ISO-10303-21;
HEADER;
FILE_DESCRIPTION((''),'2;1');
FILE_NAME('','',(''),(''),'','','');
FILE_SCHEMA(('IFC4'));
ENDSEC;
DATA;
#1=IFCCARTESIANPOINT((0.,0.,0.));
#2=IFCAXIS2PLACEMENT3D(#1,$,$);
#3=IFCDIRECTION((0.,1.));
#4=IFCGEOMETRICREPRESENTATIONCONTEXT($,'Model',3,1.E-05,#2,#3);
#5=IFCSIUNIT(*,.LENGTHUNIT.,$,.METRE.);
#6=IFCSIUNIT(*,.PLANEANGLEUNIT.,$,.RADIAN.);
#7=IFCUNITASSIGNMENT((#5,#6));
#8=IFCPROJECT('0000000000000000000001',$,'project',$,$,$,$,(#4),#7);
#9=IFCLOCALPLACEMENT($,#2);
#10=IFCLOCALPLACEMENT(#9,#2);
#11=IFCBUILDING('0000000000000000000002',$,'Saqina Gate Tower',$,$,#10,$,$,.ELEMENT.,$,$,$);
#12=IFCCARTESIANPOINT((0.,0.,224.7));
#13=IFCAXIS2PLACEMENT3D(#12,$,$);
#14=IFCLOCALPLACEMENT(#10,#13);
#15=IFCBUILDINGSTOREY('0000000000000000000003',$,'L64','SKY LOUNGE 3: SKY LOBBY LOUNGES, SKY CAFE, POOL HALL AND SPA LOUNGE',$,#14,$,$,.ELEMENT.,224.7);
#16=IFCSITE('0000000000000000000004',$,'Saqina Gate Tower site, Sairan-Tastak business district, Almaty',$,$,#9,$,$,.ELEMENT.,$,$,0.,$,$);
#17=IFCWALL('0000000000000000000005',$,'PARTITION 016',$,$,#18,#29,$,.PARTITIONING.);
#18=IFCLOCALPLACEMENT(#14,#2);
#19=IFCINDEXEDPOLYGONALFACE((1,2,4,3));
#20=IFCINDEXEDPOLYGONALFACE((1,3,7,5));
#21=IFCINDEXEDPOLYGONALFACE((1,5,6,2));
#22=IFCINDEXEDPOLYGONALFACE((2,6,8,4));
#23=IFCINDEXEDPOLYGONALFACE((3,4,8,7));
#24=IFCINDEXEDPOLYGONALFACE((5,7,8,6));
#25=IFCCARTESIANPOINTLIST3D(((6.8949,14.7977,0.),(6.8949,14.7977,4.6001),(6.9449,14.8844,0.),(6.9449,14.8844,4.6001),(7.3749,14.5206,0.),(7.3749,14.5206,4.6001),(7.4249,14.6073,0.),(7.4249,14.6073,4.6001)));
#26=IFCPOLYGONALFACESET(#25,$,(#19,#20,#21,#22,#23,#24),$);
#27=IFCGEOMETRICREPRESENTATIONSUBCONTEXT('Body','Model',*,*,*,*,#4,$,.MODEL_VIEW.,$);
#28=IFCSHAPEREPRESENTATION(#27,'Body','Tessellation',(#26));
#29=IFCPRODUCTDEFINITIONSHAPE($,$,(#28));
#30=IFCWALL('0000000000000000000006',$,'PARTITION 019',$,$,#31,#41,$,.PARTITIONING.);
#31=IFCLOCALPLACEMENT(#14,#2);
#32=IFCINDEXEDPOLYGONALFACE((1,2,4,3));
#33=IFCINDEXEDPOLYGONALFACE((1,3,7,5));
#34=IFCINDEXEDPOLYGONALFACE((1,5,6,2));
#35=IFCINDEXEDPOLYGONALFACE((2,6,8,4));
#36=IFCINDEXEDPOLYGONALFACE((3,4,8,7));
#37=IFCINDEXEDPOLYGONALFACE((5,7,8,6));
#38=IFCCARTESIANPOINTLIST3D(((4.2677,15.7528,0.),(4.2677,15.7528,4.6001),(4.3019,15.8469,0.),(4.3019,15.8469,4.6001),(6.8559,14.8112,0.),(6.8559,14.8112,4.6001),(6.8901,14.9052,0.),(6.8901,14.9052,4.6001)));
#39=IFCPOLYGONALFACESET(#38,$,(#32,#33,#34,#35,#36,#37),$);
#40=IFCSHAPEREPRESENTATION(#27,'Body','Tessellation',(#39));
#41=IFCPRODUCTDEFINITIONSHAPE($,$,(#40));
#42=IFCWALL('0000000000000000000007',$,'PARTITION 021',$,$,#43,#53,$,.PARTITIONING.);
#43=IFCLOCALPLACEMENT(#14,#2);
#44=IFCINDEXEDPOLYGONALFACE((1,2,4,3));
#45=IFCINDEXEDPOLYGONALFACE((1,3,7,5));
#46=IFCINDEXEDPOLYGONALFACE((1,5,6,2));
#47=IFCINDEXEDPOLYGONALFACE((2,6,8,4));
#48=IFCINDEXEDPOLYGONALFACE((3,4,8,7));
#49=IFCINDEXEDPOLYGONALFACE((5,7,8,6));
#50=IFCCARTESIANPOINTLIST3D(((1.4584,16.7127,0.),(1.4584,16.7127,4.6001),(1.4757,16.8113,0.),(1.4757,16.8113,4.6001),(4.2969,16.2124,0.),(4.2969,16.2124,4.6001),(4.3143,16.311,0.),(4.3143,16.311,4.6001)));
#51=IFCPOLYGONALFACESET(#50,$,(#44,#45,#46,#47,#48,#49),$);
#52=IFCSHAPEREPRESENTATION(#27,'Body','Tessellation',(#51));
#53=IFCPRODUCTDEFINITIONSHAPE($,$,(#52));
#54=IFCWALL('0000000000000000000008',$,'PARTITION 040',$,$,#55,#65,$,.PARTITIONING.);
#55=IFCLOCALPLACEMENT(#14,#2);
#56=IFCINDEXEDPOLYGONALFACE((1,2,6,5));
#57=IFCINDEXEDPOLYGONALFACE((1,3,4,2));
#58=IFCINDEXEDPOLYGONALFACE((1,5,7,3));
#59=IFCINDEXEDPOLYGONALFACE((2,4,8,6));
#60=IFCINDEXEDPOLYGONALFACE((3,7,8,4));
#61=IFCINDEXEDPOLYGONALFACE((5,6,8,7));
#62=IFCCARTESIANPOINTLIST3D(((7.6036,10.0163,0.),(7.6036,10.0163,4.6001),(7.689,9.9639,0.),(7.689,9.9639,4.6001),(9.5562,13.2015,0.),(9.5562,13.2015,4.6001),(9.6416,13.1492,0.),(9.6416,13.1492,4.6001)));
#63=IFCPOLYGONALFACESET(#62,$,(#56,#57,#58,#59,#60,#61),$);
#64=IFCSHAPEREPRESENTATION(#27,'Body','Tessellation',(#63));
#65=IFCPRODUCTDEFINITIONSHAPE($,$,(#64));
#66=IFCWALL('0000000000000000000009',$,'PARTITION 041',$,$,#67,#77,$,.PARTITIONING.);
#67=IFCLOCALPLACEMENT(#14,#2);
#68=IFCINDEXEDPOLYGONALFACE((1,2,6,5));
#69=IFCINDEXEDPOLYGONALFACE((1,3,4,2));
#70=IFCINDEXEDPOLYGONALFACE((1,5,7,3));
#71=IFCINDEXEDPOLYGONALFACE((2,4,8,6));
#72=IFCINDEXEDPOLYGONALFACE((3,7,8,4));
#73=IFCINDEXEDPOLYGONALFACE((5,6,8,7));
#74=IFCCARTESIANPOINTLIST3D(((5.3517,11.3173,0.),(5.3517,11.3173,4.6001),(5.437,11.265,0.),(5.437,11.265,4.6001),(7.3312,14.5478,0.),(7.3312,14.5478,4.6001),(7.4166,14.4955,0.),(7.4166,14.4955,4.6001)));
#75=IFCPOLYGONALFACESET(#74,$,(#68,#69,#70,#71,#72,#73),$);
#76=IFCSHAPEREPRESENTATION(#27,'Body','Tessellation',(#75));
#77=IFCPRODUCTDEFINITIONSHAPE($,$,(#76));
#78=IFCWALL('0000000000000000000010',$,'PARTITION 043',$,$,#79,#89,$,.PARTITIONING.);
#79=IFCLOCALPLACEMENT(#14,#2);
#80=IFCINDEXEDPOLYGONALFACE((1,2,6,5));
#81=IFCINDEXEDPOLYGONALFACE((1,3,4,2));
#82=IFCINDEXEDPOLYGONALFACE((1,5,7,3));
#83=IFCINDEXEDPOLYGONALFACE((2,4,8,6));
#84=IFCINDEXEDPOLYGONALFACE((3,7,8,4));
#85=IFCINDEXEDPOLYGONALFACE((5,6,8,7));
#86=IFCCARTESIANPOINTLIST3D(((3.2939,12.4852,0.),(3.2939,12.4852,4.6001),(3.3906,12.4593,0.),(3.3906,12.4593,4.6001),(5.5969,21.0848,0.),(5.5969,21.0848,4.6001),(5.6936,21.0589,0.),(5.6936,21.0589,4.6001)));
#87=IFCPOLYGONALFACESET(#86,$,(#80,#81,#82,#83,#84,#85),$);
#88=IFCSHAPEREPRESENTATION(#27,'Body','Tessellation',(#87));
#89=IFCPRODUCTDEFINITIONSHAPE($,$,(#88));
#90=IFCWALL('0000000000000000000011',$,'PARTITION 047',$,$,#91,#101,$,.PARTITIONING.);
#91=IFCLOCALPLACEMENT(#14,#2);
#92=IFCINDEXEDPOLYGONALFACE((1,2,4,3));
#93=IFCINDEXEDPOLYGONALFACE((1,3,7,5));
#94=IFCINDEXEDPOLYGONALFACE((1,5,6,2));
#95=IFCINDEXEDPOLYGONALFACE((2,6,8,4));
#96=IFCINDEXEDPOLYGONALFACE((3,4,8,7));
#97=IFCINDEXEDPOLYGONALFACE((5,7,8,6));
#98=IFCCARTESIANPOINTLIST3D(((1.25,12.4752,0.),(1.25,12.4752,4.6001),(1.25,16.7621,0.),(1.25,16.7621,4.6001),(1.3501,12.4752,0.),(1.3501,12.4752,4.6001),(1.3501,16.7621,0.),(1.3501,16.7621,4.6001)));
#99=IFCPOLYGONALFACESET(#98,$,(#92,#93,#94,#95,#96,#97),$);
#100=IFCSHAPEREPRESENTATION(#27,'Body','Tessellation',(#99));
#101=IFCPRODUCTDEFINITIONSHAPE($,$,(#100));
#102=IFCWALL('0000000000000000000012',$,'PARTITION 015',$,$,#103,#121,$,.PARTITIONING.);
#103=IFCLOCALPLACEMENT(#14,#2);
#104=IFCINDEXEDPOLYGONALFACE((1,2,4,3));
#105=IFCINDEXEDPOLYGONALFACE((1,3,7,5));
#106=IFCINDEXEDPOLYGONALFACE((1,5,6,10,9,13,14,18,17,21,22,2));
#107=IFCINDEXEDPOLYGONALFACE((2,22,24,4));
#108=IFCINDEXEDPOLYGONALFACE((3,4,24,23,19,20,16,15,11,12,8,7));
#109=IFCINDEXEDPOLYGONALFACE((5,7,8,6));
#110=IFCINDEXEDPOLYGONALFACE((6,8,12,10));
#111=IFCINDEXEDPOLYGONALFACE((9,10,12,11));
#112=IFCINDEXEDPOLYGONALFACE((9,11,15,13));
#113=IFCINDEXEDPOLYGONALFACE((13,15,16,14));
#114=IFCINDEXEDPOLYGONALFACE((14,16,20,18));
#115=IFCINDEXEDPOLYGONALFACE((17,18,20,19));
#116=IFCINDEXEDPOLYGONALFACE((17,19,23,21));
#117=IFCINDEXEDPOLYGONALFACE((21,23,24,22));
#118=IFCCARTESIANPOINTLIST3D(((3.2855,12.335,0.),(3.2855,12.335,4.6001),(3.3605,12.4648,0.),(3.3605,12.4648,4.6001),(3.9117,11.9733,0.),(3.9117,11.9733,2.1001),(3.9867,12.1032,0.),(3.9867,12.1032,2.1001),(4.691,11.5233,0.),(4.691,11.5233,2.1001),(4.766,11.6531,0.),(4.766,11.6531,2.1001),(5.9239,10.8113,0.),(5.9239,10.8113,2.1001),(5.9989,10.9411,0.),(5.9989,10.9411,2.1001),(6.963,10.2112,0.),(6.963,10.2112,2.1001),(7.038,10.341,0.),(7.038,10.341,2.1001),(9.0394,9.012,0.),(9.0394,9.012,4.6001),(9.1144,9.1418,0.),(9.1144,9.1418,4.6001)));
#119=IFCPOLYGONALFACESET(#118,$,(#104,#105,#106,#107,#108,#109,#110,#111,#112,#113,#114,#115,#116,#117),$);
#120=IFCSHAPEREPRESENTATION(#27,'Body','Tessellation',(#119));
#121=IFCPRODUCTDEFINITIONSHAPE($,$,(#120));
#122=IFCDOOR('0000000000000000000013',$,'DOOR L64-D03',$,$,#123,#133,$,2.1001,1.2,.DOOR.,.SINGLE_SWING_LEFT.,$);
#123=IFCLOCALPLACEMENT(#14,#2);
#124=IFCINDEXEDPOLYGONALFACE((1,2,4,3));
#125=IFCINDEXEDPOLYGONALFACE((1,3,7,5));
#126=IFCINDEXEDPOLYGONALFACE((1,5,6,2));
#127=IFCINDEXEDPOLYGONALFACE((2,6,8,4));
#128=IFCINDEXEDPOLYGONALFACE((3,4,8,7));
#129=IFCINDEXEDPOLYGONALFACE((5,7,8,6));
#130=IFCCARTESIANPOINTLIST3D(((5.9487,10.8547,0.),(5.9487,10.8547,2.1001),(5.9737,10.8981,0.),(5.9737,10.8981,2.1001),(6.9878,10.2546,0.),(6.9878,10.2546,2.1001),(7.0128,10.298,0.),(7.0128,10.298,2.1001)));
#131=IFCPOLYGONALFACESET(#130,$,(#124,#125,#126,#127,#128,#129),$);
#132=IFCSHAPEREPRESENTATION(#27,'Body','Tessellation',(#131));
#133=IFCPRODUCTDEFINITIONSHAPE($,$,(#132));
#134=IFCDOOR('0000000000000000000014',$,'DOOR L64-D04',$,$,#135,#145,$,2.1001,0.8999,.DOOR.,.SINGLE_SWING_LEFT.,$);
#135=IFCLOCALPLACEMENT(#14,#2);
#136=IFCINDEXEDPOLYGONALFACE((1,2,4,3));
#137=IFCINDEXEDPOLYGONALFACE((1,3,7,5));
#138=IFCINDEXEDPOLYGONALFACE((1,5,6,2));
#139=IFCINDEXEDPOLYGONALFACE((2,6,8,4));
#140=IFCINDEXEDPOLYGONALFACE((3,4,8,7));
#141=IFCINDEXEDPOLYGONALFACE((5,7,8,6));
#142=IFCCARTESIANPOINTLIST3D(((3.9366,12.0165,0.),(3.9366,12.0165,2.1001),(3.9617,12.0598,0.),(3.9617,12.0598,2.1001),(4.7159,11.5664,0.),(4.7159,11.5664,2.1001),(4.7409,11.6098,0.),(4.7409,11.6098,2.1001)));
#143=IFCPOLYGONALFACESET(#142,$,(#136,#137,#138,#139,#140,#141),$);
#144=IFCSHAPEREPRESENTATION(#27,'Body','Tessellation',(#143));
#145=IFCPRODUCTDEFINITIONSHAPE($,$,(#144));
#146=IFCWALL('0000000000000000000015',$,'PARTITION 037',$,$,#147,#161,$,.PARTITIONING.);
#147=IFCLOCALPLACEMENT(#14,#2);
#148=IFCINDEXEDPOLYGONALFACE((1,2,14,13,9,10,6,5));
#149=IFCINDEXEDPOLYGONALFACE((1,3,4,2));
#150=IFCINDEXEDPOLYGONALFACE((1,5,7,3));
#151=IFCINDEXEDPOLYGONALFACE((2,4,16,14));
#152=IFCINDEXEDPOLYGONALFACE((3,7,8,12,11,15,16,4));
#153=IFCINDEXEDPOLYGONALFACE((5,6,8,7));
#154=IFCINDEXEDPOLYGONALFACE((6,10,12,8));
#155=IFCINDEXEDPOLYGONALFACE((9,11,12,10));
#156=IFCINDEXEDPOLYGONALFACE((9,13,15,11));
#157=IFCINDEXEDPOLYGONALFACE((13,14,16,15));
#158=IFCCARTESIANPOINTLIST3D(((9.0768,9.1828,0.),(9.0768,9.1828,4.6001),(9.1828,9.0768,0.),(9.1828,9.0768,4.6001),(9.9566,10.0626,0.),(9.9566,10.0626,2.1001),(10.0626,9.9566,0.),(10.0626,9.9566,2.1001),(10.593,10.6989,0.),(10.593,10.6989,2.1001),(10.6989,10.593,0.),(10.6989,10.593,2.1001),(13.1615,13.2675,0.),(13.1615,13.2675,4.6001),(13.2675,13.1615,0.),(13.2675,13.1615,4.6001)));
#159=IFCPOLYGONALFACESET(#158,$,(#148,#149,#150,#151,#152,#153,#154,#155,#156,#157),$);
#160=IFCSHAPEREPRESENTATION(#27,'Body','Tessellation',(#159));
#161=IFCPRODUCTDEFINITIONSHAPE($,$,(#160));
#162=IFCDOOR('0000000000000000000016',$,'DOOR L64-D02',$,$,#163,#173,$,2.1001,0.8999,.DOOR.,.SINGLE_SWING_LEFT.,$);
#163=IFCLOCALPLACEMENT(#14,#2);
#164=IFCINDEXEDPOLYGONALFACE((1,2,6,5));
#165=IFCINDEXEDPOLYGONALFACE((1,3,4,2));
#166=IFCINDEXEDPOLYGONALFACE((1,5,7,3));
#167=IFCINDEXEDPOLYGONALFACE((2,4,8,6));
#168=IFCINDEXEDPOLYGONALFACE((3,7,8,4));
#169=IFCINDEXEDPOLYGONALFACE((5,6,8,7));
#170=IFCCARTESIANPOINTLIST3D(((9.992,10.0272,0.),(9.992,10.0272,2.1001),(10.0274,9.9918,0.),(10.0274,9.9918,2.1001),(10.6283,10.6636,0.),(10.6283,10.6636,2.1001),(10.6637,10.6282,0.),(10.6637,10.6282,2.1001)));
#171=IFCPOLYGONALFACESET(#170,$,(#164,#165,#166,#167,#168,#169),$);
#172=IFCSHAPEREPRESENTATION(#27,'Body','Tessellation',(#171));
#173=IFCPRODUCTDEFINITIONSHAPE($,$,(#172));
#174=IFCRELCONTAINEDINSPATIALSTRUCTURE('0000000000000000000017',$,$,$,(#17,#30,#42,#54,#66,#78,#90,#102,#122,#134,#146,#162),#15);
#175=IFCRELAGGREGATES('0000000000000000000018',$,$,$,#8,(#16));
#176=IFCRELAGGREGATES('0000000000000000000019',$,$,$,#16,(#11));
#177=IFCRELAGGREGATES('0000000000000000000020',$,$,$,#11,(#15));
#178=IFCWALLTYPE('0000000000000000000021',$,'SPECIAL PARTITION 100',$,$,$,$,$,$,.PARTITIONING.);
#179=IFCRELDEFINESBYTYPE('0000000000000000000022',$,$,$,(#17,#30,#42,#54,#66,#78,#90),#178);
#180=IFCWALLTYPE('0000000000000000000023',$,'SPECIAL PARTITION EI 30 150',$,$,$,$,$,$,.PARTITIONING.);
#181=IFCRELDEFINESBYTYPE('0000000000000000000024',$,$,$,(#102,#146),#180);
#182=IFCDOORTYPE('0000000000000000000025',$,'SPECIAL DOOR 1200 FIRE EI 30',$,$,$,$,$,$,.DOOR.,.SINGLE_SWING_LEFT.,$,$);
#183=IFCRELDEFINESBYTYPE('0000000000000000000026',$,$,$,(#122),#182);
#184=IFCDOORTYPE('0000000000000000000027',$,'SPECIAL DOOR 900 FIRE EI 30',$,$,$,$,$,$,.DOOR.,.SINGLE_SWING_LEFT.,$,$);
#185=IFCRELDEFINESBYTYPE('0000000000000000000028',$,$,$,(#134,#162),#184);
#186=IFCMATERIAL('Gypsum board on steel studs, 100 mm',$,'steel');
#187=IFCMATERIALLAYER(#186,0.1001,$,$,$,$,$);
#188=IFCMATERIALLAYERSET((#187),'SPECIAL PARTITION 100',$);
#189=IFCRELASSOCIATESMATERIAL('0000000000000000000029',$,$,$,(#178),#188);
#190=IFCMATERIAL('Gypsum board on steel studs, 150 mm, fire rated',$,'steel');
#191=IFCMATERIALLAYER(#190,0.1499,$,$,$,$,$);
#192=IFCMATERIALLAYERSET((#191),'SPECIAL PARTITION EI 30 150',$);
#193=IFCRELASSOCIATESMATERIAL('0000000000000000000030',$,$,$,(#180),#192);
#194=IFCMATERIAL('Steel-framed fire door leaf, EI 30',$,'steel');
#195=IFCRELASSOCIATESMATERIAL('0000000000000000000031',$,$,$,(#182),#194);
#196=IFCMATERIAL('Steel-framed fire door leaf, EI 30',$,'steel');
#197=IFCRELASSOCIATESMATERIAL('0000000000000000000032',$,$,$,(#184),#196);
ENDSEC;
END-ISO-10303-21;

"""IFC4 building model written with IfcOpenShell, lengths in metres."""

from ifc_helpers import new_model, si_unit, direction, frame, frame_2d, origin, place, context, subcontext, project, spatial, rectangle, extrude, material, layer, layer_set, type_object, element, fill, save


model = new_model("IFC4")

# Units and contexts
model_context = context("Model", 3, precision=1e-05, world=origin(), true_north=direction((0.0, 1.0)))
body_context = subcontext(model_context, "Body", "Model", "MODEL_VIEW")
ifc_project = project(units=[si_unit("LENGTHUNIT", "METRE"), si_unit("PLANEANGLEUNIT", "RADIAN")], contexts=[model_context])

# Site, building, storey
site_placement = place(None, origin())
site = spatial("IfcSite", under=ifc_project, at=site_placement, Name="Saqina Gate Tower site, Sairan-Tastak business district, Almaty", CompositionType="ELEMENT", RefElevation=0.0)
building_placement = place(site_placement, origin())
building = spatial("IfcBuilding", under=site, at=building_placement, Name="Saqina Gate Tower", CompositionType="ELEMENT")
storey_placement = place(building_placement, frame((0.0, 0.0, 224.7)))
storey = spatial("IfcBuildingStorey", under=building, at=storey_placement, Name="L64", Description="SKY LOUNGE 3: SKY LOBBY LOUNGES, SKY CAFE, POOL HALL AND SPA LOUNGE", CompositionType="ELEMENT", Elevation=224.7)

# Walls
ifc_material_1 = material(Name="Gypsum board on steel studs, 100 mm", Category="steel")
ifc_layer_1 = layer(ifc_material_1, 0.1001)
ifc_layer_set_1 = layer_set([ifc_layer_1], Name="SPECIAL PARTITION 100")
wall_type_1 = type_object("IfcWallType", Name="SPECIAL PARTITION 100", PredefinedType="PARTITIONING", material=ifc_layer_set_1)
wall_1_placement = place(storey_placement, frame((6.9199, 14.8411, 0.0), z_axis=(0.0, 0.0, 1.0), x_axis=(0.866039, -0.499977, 0.0)))
element("IfcWall", 1, at=wall_1_placement, inside=storey, type_object=wall_type_1, Name="PARTITION 016", PredefinedType="PARTITIONING", context=body_context, shape_type="SweptSolid", body=[
    extrude(rectangle(XDim=0.5542, YDim=0.1001, at=frame_2d((0.2771, 0.0))), origin(), (0.0, 0.0, 1.0), 4.6001),
])
wall_2_placement = place(storey_placement, frame((4.2849, 15.7998, 0.0), z_axis=(0.0, 0.0, 1.0), x_axis=(0.939734, -0.341907, 0.0)))
element("IfcWall", 2, at=wall_2_placement, inside=storey, type_object=wall_type_1, Name="PARTITION 019", PredefinedType="PARTITIONING", context=body_context, shape_type="SweptSolid", body=[
    extrude(rectangle(XDim=2.7542, YDim=0.1001, at=frame_2d((1.377, 0.0))), origin(), (0.0, 0.0, 1.0), 4.6001),
])
wall_3_placement = place(storey_placement, frame((1.467, 16.762, 0.0), z_axis=(0.0, 0.0, 1.0), x_axis=(0.984824, -0.173553, 0.0)))
element("IfcWall", 3, at=wall_3_placement, inside=storey, type_object=wall_type_1, Name="PARTITION 021", PredefinedType="PARTITIONING", context=body_context, shape_type="SweptSolid", body=[
    extrude(rectangle(XDim=2.8823, YDim=0.1001, at=frame_2d((1.4412, 0.0))), origin(), (0.0, 0.0, 1.0), 4.6001),
])
wall_4_placement = place(storey_placement, frame((7.6462, 9.99, 0.0), z_axis=(0.0, 0.0, 1.0), x_axis=(0.522631, 0.852559, 0.0)))
element("IfcWall", 4, at=wall_4_placement, inside=storey, type_object=wall_type_1, Name="PARTITION 040", PredefinedType="PARTITIONING", context=body_context, shape_type="SweptSolid", body=[
    extrude(rectangle(XDim=3.7361, YDim=0.1001, at=frame_2d((1.8682, 0.0))), origin(), (0.0, 0.0, 1.0), 4.6001),
])
wall_5_placement = place(storey_placement, frame((5.3943, 11.291, 0.0), z_axis=(0.0, 0.0, 1.0), x_axis=(0.522471, 0.852657, 0.0)))
element("IfcWall", 5, at=wall_5_placement, inside=storey, type_object=wall_type_1, Name="PARTITION 041", PredefinedType="PARTITIONING", context=body_context, shape_type="SweptSolid", body=[
    extrude(rectangle(XDim=3.7888, YDim=0.1001, at=frame_2d((1.8945, 0.0))), origin(), (0.0, 0.0, 1.0), 4.6001),
])
wall_6_placement = place(storey_placement, frame((3.3423, 12.4724, 0.0), z_axis=(0.0, 0.0, 1.0), x_axis=(0.258685, 0.965962, 0.0)))
element("IfcWall", 6, at=wall_6_placement, inside=storey, type_object=wall_type_1, Name="PARTITION 043", PredefinedType="PARTITIONING", context=body_context, shape_type="SweptSolid", body=[
    extrude(rectangle(XDim=8.9026, YDim=0.1001, at=frame_2d((4.4512, 0.0))), origin(), (0.0, 0.0, 1.0), 4.6001),
])
wall_7_placement = place(storey_placement, frame((1.3, 12.4751, 0.0), z_axis=(0.0, 0.0, 1.0), x_axis=(0.0, 1.0, 0.0)))
element("IfcWall", 7, at=wall_7_placement, inside=storey, type_object=wall_type_1, Name="PARTITION 047", PredefinedType="PARTITIONING", context=body_context, shape_type="SweptSolid", body=[
    extrude(rectangle(XDim=4.2869, YDim=0.1001, at=frame_2d((2.1436, 0.0))), origin(), (0.0, 0.0, 1.0), 4.6001),
])

# Wall, openings, doors
ifc_material_2 = material(Name="Gypsum board on steel studs, 150 mm, fire rated", Category="steel")
ifc_layer_2 = layer(ifc_material_2, 0.1499)
ifc_layer_set_2 = layer_set([ifc_layer_2], Name="SPECIAL PARTITION EI 30 150")
wall_type_2 = type_object("IfcWallType", Name="SPECIAL PARTITION EI 30 150", PredefinedType="PARTITIONING", material=ifc_layer_set_2)
wall_8_placement = place(storey_placement, frame((3.323, 12.3999, 0.0), z_axis=(0.0, 0.0, 1.0), x_axis=(0.865962, -0.50011, 0.0)))
wall_8 = element("IfcWall", 8, at=wall_8_placement, inside=storey, type_object=wall_type_2, Name="PARTITION 015", PredefinedType="PARTITIONING", context=body_context, shape_type="SweptSolid", body=[
    extrude(rectangle(XDim=6.6445, YDim=0.1499, at=frame_2d((3.3223, 0.0))), origin(), (0.0, 0.0, 1.0), 4.6001),
])
opening_1_placement = place(wall_8_placement, frame((3.0466, 0.0, 0.0)))
opening_1 = element("IfcOpeningElement", 9, at=opening_1_placement, cuts=wall_8, PredefinedType="OPENING", context=body_context, shape_type="SweptSolid", body=[
    extrude(rectangle(XDim=1.2, YDim=2.1001, at=frame_2d((0.6001, 1.05))), frame((0.0, 0.0869, 0.0), z_axis=(0.0, -1.0, 0.0), x_axis=(1.0, 0.0, 0.0)), (0.0, 0.0, 1.0), 0.1738),
])
opening_2_placement = place(wall_8_placement, frame((0.7231, 0.0, 0.0)))
opening_2 = element("IfcOpeningElement", 10, at=opening_2_placement, cuts=wall_8, PredefinedType="OPENING", context=body_context, shape_type="SweptSolid", body=[
    extrude(rectangle(XDim=0.8999, YDim=2.1001, at=frame_2d((0.45, 1.05))), frame((0.0, 0.0869, 0.0), z_axis=(0.0, -1.0, 0.0), x_axis=(1.0, 0.0, 0.0)), (0.0, 0.0, 1.0), 0.1738),
])
ifc_material_3 = material(Name="Steel-framed fire door leaf, EI 30", Category="steel")
door_type_1 = type_object("IfcDoorType", Name="SPECIAL DOOR 1200 FIRE EI 30", OperationType="SINGLE_SWING_LEFT", PredefinedType="DOOR", material=ifc_material_3)
door_1_placement = place(opening_1_placement, frame((1.2, 0.0, 0.0), z_axis=(0.0, 0.0, 1.0), x_axis=(-1.0, 0.0, 0.0)))
door_1 = element("IfcDoor", 11, at=door_1_placement, inside=storey, type_object=door_type_1, Name="DOOR L64-D03", OperationType="SINGLE_SWING_LEFT", OverallHeight=2.1001, OverallWidth=1.2, PredefinedType="DOOR", context=body_context, shape_type="SweptSolid", body=[
    extrude(rectangle(XDim=1.2, YDim=2.1001, at=frame_2d((0.6001, 1.05))), frame((0.0, 0.0249, 0.0), z_axis=(0.0, -1.0, 0.0), x_axis=(1.0, 0.0, 0.0)), (0.0, 0.0, 1.0), 0.05),
])
fill(opening_1, door_1)
ifc_material_4 = material(Name="Steel-framed fire door leaf, EI 30", Category="steel")
door_type_2 = type_object("IfcDoorType", Name="SPECIAL DOOR 900 FIRE EI 30", OperationType="SINGLE_SWING_LEFT", PredefinedType="DOOR", material=ifc_material_4)
door_2_placement = place(opening_2_placement, origin())
door_2 = element("IfcDoor", 12, at=door_2_placement, inside=storey, type_object=door_type_2, Name="DOOR L64-D04", OperationType="SINGLE_SWING_LEFT", OverallHeight=2.1001, OverallWidth=0.8999, PredefinedType="DOOR", context=body_context, shape_type="SweptSolid", body=[
    extrude(rectangle(XDim=0.8999, YDim=2.1001, at=frame_2d((0.45, 1.05))), frame((0.0, 0.0249, 0.0), z_axis=(0.0, -1.0, 0.0), x_axis=(1.0, 0.0, 0.0)), (0.0, 0.0, 1.0), 0.05),
])
fill(opening_2, door_2)

# Wall, opening, door
wall_9_placement = place(storey_placement, frame((9.1299, 9.1299, 0.0), z_axis=(0.0, 0.0, 1.0), x_axis=(0.707107, 0.707107, 0.0)))
wall_9 = element("IfcWall", 13, at=wall_9_placement, inside=storey, type_object=wall_type_2, Name="PARTITION 037", PredefinedType="PARTITIONING", context=body_context, shape_type="SweptSolid", body=[
    extrude(rectangle(XDim=5.7766, YDim=0.1499, at=frame_2d((2.8882, 0.0))), origin(), (0.0, 0.0, 1.0), 4.6001),
])
opening_3_placement = place(wall_9_placement, frame((1.2441, 0.0, 0.0)))
opening_3 = element("IfcOpeningElement", 14, at=opening_3_placement, cuts=wall_9, PredefinedType="OPENING", context=body_context, shape_type="SweptSolid", body=[
    extrude(rectangle(XDim=0.8999, YDim=2.1001, at=frame_2d((0.45, 1.05))), frame((0.0, 0.0869, 0.0), z_axis=(0.0, -1.0, 0.0), x_axis=(1.0, 0.0, 0.0)), (0.0, 0.0, 1.0), 0.1738),
])
door_3_placement = place(opening_3_placement, origin())
door_3 = element("IfcDoor", 15, at=door_3_placement, inside=storey, type_object=door_type_2, Name="DOOR L64-D02", OperationType="SINGLE_SWING_LEFT", OverallHeight=2.1001, OverallWidth=0.8999, PredefinedType="DOOR", context=body_context, shape_type="SweptSolid", body=[
    extrude(rectangle(XDim=0.8999, YDim=2.1001, at=frame_2d((0.45, 1.05))), frame((0.0, 0.0249, 0.0), z_axis=(0.0, -1.0, 0.0), x_axis=(1.0, 0.0, 0.0)), (0.0, 0.0, 1.0), 0.05),
])
fill(opening_3, door_3)

save(model, "model.ifc")
